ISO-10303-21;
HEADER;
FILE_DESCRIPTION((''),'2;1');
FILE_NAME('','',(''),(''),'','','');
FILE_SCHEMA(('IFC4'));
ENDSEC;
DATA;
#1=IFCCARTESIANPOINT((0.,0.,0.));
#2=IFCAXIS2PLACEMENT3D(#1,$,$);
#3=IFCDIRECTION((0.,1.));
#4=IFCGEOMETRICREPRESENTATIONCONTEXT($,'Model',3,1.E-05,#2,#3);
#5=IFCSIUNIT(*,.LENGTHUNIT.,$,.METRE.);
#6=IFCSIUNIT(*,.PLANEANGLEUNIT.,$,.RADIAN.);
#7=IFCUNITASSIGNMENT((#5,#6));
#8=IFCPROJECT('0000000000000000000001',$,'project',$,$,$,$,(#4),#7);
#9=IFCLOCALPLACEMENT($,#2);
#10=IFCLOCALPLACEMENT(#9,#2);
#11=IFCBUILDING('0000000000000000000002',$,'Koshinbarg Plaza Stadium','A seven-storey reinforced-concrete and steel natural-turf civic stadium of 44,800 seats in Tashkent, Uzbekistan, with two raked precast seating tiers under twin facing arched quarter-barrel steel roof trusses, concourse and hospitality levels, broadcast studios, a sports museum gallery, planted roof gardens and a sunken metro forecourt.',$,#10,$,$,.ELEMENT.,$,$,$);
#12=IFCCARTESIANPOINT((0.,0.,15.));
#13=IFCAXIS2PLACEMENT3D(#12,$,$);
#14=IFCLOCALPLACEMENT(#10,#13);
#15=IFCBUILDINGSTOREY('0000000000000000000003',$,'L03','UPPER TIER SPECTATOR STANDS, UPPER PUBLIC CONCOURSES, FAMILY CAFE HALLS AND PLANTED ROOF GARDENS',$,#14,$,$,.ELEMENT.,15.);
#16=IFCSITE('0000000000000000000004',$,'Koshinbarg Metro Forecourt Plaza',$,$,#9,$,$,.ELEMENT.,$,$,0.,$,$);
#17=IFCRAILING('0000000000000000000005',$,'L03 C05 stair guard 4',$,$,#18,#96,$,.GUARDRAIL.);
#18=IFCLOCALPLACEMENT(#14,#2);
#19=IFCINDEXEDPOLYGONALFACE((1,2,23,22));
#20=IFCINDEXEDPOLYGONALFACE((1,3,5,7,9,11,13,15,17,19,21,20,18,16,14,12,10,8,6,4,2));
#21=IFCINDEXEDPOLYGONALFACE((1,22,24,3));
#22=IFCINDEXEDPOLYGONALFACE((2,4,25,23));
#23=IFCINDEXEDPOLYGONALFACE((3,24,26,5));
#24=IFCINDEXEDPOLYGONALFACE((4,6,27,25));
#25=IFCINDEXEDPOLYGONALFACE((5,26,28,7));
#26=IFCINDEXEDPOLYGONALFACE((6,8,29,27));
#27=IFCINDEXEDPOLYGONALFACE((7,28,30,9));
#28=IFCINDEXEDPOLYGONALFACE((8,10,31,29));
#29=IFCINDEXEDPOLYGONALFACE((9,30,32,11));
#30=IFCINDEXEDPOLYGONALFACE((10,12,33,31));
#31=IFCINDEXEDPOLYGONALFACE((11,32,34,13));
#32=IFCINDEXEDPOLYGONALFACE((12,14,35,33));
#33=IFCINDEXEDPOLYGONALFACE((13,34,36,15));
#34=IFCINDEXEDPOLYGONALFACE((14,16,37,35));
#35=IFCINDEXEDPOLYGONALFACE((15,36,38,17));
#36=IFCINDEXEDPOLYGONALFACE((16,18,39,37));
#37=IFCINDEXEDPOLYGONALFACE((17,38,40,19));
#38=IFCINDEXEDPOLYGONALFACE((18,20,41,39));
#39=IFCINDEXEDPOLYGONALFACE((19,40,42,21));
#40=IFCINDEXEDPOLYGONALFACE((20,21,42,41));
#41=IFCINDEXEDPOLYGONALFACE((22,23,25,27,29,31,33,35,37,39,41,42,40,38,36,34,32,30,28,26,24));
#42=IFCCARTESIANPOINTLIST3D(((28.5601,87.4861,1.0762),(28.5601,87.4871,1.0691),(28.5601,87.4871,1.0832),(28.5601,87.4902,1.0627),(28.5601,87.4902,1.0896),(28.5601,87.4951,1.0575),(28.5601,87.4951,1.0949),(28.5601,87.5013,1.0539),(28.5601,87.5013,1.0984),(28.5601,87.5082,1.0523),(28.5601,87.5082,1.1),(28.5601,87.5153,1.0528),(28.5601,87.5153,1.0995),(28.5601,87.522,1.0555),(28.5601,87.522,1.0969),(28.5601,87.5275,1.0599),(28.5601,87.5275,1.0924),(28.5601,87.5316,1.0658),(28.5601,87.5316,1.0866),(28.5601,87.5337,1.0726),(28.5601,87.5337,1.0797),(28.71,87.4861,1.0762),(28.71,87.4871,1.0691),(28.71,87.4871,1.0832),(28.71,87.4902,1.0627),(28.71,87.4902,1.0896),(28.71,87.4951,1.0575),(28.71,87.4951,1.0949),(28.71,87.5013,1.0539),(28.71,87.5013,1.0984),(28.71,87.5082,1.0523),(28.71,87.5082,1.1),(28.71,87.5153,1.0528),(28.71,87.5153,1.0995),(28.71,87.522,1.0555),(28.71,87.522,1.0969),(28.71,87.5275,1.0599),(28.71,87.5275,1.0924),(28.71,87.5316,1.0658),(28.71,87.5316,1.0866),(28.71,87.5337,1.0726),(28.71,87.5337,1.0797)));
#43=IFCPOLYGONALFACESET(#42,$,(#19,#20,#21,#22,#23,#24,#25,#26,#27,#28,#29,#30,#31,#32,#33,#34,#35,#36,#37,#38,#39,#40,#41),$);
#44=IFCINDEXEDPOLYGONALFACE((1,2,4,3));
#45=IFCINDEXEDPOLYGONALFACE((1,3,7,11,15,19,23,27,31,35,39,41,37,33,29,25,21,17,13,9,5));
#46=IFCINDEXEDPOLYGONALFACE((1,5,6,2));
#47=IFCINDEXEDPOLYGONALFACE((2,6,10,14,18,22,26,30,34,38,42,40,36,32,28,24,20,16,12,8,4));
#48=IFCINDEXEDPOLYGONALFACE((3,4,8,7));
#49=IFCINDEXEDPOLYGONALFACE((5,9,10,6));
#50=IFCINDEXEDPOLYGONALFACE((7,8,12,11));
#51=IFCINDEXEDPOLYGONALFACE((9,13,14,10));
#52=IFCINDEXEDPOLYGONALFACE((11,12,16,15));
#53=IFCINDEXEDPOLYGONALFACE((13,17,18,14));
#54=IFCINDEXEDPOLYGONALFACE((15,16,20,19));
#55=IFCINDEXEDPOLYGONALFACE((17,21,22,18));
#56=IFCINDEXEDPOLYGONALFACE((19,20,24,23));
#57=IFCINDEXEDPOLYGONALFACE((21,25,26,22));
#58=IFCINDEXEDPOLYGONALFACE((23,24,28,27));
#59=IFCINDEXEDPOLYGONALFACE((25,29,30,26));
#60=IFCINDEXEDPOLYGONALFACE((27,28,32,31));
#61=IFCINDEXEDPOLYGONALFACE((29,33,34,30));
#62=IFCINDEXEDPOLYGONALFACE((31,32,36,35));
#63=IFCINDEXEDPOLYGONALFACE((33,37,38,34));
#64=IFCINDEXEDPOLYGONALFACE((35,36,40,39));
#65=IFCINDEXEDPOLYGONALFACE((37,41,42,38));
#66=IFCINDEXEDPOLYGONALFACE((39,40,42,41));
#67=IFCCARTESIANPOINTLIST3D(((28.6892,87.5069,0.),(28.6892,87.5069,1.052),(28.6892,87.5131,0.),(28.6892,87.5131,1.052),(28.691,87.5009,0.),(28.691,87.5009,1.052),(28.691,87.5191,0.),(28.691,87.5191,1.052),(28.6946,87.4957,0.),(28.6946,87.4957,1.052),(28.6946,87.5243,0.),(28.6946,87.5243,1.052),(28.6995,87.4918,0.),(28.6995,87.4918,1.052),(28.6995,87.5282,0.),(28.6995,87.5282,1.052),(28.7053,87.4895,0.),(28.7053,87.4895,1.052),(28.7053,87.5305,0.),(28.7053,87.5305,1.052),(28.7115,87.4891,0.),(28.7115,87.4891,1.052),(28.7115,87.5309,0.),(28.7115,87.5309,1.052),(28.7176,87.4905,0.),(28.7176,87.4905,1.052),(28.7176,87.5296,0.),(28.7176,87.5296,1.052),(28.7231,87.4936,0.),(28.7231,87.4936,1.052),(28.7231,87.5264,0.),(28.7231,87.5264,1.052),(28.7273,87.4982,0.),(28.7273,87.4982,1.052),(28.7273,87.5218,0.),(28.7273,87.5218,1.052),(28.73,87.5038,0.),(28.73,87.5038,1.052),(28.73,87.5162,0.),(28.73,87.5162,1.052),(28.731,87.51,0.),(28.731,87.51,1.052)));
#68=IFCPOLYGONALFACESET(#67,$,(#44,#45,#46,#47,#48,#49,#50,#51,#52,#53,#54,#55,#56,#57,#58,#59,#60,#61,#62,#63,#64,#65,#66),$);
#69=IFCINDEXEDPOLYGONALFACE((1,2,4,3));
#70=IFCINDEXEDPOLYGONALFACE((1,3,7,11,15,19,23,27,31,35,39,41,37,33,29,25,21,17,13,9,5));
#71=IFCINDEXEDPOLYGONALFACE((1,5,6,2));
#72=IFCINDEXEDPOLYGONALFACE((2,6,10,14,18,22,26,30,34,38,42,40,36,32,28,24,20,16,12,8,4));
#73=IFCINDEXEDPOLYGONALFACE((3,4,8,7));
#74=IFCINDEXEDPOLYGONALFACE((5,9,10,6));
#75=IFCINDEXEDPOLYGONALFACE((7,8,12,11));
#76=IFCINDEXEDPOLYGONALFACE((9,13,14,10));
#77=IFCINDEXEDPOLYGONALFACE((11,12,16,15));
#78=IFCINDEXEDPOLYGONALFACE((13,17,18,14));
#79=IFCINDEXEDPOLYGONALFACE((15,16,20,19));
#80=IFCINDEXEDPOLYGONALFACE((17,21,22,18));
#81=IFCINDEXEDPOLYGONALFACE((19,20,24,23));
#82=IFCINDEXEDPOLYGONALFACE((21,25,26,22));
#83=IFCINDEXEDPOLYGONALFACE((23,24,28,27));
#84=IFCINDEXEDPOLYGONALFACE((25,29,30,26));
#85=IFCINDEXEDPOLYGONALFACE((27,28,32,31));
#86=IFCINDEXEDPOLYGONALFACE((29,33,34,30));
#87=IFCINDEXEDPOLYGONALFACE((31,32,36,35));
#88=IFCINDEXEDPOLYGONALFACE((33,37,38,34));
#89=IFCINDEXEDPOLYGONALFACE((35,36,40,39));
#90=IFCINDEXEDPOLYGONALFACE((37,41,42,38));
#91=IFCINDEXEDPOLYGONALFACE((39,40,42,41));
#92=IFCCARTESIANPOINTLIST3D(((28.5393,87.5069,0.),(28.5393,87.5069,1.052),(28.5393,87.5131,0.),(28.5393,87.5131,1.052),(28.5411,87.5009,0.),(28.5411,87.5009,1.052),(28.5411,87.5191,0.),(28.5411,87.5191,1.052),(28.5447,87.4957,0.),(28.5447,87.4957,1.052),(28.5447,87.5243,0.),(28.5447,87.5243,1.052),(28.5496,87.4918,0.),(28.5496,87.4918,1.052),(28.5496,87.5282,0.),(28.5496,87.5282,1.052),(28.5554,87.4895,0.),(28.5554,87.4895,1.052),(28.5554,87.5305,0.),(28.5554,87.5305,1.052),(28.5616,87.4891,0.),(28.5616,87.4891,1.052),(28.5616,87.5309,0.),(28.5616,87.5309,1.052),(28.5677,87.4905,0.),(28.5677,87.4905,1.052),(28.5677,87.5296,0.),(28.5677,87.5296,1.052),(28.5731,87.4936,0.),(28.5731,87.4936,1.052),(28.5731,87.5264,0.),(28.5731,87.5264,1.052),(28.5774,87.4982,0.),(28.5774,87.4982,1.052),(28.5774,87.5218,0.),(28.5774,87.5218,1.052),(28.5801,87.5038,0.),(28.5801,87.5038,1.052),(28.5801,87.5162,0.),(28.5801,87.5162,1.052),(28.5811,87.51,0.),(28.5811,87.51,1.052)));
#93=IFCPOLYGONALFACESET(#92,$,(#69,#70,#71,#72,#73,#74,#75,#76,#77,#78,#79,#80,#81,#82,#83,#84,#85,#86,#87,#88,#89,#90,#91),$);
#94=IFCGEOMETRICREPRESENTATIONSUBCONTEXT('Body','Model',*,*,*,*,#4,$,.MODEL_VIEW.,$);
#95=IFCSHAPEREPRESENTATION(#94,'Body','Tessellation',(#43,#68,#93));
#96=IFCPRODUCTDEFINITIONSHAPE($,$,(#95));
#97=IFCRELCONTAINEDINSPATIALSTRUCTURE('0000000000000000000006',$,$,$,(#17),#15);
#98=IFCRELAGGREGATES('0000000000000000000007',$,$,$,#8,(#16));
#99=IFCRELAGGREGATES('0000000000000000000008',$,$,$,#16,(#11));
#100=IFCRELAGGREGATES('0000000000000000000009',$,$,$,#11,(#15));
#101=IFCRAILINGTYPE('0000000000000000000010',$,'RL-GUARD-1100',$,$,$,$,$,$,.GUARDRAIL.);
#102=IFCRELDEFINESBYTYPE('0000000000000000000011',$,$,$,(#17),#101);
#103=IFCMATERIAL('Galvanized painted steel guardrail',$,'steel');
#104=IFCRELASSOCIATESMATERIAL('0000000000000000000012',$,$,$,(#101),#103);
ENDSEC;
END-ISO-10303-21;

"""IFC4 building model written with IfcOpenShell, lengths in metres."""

from ifc_helpers import new_model, si_unit, direction, frame, origin, origin_2d, place, context, subcontext, project, spatial, circle, extrude, material, type_object, element, save


model = new_model("IFC4")

# Units and contexts
model_context = context("Model", 3, precision=1e-05, world=origin(), true_north=direction((0.0, 1.0)))
body_context = subcontext(model_context, "Body", "Model", "MODEL_VIEW")
ifc_project = project(units=[si_unit("LENGTHUNIT", "METRE"), si_unit("PLANEANGLEUNIT", "RADIAN")], contexts=[model_context])

# Site, building, storey
site_placement = place(None, origin())
site = spatial("IfcSite", under=ifc_project, at=site_placement, Name="Koshinbarg Metro Forecourt Plaza", CompositionType="ELEMENT", RefElevation=0.0)
building_placement = place(site_placement, origin())
building = spatial("IfcBuilding", under=site, at=building_placement, Name="Koshinbarg Plaza Stadium", Description="A seven-storey reinforced-concrete and steel natural-turf civic stadium of 44,800 seats in Tashkent, Uzbekistan, with two raked precast seating tiers under twin facing arched quarter-barrel steel roof trusses, concourse and hospitality levels, broadcast studios, a sports museum gallery, planted roof gardens and a sunken metro forecourt.", CompositionType="ELEMENT")
storey_placement = place(building_placement, frame((0.0, 0.0, 15.0)))
storey = spatial("IfcBuildingStorey", under=building, at=storey_placement, Name="L03", Description="UPPER TIER SPECTATOR STANDS, UPPER PUBLIC CONCOURSES, FAMILY CAFE HALLS AND PLANTED ROOF GARDENS", CompositionType="ELEMENT", Elevation=15.0)

# Railing
ifc_material_1 = material(Name="Galvanized painted steel guardrail", Category="steel")
railing_type_1 = type_object("IfcRailingType", Name="RL-GUARD-1100", PredefinedType="GUARDRAIL", material=ifc_material_1)
railing_1_placement = place(storey_placement, frame((28.71, 87.51, 0.0)))
element("IfcRailing", 1, at=railing_1_placement, inside=storey, type_object=railing_type_1, Name="L03 C05 stair guard 4", PredefinedType="GUARDRAIL", context=body_context, shape_type="SweptSolid", body=[
    extrude(circle(Radius=0.0239, at=origin_2d()), frame((0.0, 0.0, 1.0762), z_axis=(-1.0, 0.0, 0.0), x_axis=(0.0, -1.0, 0.0)), (0.0, 0.0, 1.0), 0.1499),
    extrude(circle(Radius=0.021, at=origin_2d()), origin(), (0.0, 0.0, 1.0), 1.052),
    extrude(circle(Radius=0.021, at=origin_2d()), frame((-0.1499, 0.0, 0.0)), (0.0, 0.0, 1.0), 1.052),
])

save(model, "model.ifc")
